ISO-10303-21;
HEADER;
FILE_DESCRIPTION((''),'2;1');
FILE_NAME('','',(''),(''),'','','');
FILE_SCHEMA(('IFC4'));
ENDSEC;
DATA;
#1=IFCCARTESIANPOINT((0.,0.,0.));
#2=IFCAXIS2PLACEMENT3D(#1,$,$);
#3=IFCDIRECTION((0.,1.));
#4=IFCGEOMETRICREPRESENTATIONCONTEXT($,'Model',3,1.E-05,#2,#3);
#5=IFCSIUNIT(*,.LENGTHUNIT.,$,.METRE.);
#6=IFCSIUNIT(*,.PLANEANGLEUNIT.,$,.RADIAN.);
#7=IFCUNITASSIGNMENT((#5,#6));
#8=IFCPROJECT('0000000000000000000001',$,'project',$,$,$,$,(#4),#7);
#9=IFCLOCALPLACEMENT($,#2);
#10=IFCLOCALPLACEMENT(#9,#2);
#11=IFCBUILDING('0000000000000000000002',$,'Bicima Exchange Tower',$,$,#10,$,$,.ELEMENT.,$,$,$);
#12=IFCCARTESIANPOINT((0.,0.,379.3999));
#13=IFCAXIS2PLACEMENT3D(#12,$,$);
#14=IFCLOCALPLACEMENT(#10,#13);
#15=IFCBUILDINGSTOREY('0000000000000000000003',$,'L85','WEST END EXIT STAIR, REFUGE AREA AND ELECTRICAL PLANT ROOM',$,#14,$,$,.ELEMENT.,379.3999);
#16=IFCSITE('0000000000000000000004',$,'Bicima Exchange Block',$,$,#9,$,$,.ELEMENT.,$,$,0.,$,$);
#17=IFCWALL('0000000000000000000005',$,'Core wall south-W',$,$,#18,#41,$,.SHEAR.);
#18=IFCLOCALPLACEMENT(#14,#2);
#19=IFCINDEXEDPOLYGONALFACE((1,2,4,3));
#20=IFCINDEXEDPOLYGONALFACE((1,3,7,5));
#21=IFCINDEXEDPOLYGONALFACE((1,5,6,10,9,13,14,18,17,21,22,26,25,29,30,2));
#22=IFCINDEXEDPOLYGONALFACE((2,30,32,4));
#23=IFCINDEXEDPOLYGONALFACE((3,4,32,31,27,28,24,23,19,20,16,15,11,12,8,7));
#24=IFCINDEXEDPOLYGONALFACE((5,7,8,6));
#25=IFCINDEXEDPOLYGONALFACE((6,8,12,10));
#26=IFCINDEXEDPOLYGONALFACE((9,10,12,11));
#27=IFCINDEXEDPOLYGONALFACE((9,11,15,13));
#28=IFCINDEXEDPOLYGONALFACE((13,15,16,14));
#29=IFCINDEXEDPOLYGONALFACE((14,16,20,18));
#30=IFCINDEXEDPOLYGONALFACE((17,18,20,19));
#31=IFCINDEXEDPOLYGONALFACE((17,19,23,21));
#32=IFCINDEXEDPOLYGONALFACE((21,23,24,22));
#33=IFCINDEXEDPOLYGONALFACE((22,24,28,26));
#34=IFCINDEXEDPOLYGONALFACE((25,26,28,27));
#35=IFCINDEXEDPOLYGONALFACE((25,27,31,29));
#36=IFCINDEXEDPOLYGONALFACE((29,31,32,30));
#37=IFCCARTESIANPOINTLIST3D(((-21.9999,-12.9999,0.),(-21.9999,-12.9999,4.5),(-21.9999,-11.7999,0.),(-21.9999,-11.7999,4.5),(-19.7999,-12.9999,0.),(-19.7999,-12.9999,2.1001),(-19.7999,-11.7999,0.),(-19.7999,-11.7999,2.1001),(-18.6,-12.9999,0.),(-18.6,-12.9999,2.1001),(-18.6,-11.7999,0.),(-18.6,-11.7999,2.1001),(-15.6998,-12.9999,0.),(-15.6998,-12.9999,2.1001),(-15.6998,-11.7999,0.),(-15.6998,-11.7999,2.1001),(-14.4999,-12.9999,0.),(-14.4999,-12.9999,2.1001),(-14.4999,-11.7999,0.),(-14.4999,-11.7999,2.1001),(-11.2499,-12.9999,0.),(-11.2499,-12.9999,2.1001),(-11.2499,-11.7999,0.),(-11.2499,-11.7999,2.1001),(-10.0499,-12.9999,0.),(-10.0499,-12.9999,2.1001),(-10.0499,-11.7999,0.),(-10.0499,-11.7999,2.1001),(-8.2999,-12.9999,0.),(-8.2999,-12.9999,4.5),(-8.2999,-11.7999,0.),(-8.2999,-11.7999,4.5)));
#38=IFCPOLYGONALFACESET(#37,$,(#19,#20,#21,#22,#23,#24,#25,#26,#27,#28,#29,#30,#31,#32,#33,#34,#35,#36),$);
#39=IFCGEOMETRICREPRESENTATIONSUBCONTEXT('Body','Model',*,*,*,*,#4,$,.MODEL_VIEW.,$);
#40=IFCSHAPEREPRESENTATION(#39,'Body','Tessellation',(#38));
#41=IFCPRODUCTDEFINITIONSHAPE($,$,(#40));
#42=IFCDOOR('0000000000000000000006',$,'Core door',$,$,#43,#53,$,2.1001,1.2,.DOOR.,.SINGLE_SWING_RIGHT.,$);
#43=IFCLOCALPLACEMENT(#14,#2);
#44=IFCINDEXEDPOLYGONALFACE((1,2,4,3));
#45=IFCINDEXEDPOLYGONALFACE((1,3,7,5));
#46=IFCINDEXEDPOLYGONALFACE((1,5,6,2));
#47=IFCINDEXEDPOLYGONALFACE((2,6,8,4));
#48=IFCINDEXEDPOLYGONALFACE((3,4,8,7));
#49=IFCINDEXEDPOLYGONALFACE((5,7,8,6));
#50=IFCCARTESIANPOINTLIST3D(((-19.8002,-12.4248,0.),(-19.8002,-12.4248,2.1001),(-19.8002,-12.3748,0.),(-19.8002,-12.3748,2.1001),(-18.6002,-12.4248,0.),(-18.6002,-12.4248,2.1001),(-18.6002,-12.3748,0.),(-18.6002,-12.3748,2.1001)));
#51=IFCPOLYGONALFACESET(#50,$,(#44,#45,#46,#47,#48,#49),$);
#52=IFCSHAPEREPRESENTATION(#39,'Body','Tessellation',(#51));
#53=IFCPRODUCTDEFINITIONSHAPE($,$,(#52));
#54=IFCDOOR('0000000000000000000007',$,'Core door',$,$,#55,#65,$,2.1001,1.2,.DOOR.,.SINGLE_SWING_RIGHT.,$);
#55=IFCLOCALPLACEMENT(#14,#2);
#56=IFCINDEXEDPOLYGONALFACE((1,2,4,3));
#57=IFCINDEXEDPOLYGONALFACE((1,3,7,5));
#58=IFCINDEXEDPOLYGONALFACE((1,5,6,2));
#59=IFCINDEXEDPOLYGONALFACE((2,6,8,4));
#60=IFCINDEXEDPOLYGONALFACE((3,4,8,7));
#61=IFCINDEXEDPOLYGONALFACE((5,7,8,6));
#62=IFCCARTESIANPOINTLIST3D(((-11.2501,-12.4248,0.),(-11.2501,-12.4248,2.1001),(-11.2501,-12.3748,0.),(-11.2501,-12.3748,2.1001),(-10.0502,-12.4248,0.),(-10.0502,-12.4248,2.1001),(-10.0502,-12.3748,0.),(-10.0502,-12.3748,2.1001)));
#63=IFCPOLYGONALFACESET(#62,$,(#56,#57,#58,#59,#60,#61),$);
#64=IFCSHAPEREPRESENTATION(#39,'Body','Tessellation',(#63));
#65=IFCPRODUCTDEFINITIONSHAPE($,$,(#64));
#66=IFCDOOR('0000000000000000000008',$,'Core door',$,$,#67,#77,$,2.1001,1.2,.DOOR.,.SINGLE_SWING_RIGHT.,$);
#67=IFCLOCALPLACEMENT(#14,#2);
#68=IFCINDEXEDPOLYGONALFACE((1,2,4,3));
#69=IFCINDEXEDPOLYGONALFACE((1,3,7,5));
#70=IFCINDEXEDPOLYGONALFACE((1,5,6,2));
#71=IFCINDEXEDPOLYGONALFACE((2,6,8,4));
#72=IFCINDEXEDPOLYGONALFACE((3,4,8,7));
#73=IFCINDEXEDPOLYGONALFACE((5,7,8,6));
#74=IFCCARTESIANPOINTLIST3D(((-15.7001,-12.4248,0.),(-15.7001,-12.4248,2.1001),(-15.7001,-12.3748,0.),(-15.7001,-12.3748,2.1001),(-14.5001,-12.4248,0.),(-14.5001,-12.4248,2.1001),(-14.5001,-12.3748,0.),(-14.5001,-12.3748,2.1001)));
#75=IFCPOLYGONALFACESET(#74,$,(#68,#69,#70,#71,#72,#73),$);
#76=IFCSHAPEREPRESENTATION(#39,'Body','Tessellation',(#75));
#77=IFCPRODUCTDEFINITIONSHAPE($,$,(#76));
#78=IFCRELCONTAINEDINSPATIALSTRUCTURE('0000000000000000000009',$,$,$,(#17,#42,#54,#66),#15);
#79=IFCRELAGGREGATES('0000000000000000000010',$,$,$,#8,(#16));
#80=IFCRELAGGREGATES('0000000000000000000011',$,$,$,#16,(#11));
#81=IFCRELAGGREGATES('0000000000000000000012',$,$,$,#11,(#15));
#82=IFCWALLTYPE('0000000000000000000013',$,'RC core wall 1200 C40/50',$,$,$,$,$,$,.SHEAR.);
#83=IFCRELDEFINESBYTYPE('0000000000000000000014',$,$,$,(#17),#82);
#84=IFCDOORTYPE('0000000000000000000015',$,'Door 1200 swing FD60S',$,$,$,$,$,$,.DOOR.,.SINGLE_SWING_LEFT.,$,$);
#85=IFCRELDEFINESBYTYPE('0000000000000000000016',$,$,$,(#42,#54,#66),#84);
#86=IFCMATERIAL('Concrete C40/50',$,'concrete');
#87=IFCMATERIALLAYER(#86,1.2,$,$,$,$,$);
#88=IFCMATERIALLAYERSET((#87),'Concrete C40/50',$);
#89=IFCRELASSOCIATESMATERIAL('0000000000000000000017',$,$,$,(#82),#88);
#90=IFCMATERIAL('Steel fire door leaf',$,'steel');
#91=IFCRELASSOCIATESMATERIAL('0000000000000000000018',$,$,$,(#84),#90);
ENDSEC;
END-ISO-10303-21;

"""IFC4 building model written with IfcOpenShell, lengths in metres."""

from ifc_helpers import new_model, si_unit, direction, frame, frame_2d, origin, place, context, subcontext, project, spatial, rectangle, extrude, material, layer, layer_set, type_object, element, fill, save


model = new_model("IFC4")

# Units and contexts
model_context = context("Model", 3, precision=1e-05, world=origin(), true_north=direction((0.0, 1.0)))
body_context = subcontext(model_context, "Body", "Model", "MODEL_VIEW")
ifc_project = project(units=[si_unit("LENGTHUNIT", "METRE"), si_unit("PLANEANGLEUNIT", "RADIAN")], contexts=[model_context])

# Site, building, storey
site_placement = place(None, origin())
site = spatial("IfcSite", under=ifc_project, at=site_placement, Name="Bicima Exchange Block", CompositionType="ELEMENT", RefElevation=0.0)
building_placement = place(site_placement, origin())
building = spatial("IfcBuilding", under=site, at=building_placement, Name="Bicima Exchange Tower", CompositionType="ELEMENT")
storey_placement = place(building_placement, frame((0.0, 0.0, 379.3999)))
storey = spatial("IfcBuildingStorey", under=building, at=storey_placement, Name="L85", Description="WEST END EXIT STAIR, REFUGE AREA AND ELECTRICAL PLANT ROOM", CompositionType="ELEMENT", Elevation=379.3999)

# Wall, openings, doors
ifc_material_1 = material(Name="Concrete C40/50", Category="concrete")
ifc_layer_1 = layer(ifc_material_1, 1.2)
ifc_layer_set_1 = layer_set([ifc_layer_1], Name="Concrete C40/50")
wall_type_1 = type_object("IfcWallType", Name="RC core wall 1200 C40/50", PredefinedType="SHEAR", material=ifc_layer_set_1)
wall_1_placement = place(storey_placement, frame((-22.0, -12.3999, 0.0), z_axis=(0.0, 0.0, 1.0), x_axis=(1.0, 0.0, 0.0)))
wall_1 = element("IfcWall", 1, at=wall_1_placement, inside=storey, type_object=wall_type_1, Name="Core wall south-W", PredefinedType="SHEAR", context=body_context, shape_type="SweptSolid", body=[
    extrude(rectangle(XDim=13.7, YDim=1.2, at=frame_2d((6.8501, 0.0))), origin(), (0.0, 0.0, 1.0), 4.5),
])
opening_1_placement = place(wall_1_placement, frame((2.2, 0.0, 0.0)))
opening_1 = element("IfcOpeningElement", 2, at=opening_1_placement, cuts=wall_1, PredefinedType="OPENING", context=body_context, shape_type="SweptSolid", body=[
    extrude(rectangle(XDim=1.2, YDim=2.1001, at=frame_2d((0.6001, 1.05))), frame((0.0, 0.6118, 0.0), z_axis=(0.0, -1.0, 0.0), x_axis=(1.0, 0.0, 0.0)), (0.0, 0.0, 1.0), 1.2239),
])
opening_2_placement = place(wall_1_placement, frame((10.75, 0.0, 0.0)))
opening_2 = element("IfcOpeningElement", 3, at=opening_2_placement, cuts=wall_1, PredefinedType="OPENING", context=body_context, shape_type="SweptSolid", body=[
    extrude(rectangle(XDim=1.2, YDim=2.1001, at=frame_2d((0.6001, 1.05))), frame((0.0, 0.6118, 0.0), z_axis=(0.0, -1.0, 0.0), x_axis=(1.0, 0.0, 0.0)), (0.0, 0.0, 1.0), 1.2239),
])
opening_3_placement = place(wall_1_placement, frame((6.3, 0.0, 0.0)))
opening_3 = element("IfcOpeningElement", 4, at=opening_3_placement, cuts=wall_1, PredefinedType="OPENING", context=body_context, shape_type="SweptSolid", body=[
    extrude(rectangle(XDim=1.2, YDim=2.1001, at=frame_2d((0.6001, 1.05))), frame((0.0, 0.6118, 0.0), z_axis=(0.0, -1.0, 0.0), x_axis=(1.0, 0.0, 0.0)), (0.0, 0.0, 1.0), 1.2239),
])
ifc_material_2 = material(Name="Steel fire door leaf", Category="steel")
door_type = type_object("IfcDoorType", Name="Door 1200 swing FD60S", OperationType="SINGLE_SWING_LEFT", PredefinedType="DOOR", material=ifc_material_2)
door_1_placement = place(opening_1_placement, frame((1.2, 0.0, 0.0), z_axis=(0.0, 0.0, 1.0), x_axis=(-1.0, 0.0, 0.0)))
door_1 = element("IfcDoor", 5, at=door_1_placement, inside=storey, type_object=door_type, Name="Core door", OperationType="SINGLE_SWING_RIGHT", OverallHeight=2.1001, OverallWidth=1.2, PredefinedType="DOOR", context=body_context, shape_type="SweptSolid", body=[
    extrude(rectangle(XDim=1.2, YDim=2.1001, at=frame_2d((0.6001, 1.05))), frame((0.0, 0.0249, 0.0), z_axis=(0.0, -1.0, 0.0), x_axis=(1.0, 0.0, 0.0)), (0.0, 0.0, 1.0), 0.05),
])
fill(opening_1, door_1)
door_2_placement = place(opening_2_placement, frame((1.2, 0.0, 0.0), z_axis=(0.0, 0.0, 1.0), x_axis=(-1.0, 0.0, 0.0)))
door_2 = element("IfcDoor", 6, at=door_2_placement, inside=storey, type_object=door_type, Name="Core door", OperationType="SINGLE_SWING_RIGHT", OverallHeight=2.1001, OverallWidth=1.2, PredefinedType="DOOR", context=body_context, shape_type="SweptSolid", body=[
    extrude(rectangle(XDim=1.2, YDim=2.1001, at=frame_2d((0.6001, 1.05))), frame((0.0, 0.0249, 0.0), z_axis=(0.0, -1.0, 0.0), x_axis=(1.0, 0.0, 0.0)), (0.0, 0.0, 1.0), 0.05),
])
fill(opening_2, door_2)
door_3_placement = place(opening_3_placement, frame((1.2, 0.0, 0.0), z_axis=(0.0, 0.0, 1.0), x_axis=(-1.0, 0.0, 0.0)))
door_3 = element("IfcDoor", 7, at=door_3_placement, inside=storey, type_object=door_type, Name="Core door", OperationType="SINGLE_SWING_RIGHT", OverallHeight=2.1001, OverallWidth=1.2, PredefinedType="DOOR", context=body_context, shape_type="SweptSolid", body=[
    extrude(rectangle(XDim=1.2, YDim=2.1001, at=frame_2d((0.6001, 1.05))), frame((0.0, 0.0249, 0.0), z_axis=(0.0, -1.0, 0.0), x_axis=(1.0, 0.0, 0.0)), (0.0, 0.0, 1.0), 0.05),
])
fill(opening_3, door_3)

save(model, "model.ifc")
